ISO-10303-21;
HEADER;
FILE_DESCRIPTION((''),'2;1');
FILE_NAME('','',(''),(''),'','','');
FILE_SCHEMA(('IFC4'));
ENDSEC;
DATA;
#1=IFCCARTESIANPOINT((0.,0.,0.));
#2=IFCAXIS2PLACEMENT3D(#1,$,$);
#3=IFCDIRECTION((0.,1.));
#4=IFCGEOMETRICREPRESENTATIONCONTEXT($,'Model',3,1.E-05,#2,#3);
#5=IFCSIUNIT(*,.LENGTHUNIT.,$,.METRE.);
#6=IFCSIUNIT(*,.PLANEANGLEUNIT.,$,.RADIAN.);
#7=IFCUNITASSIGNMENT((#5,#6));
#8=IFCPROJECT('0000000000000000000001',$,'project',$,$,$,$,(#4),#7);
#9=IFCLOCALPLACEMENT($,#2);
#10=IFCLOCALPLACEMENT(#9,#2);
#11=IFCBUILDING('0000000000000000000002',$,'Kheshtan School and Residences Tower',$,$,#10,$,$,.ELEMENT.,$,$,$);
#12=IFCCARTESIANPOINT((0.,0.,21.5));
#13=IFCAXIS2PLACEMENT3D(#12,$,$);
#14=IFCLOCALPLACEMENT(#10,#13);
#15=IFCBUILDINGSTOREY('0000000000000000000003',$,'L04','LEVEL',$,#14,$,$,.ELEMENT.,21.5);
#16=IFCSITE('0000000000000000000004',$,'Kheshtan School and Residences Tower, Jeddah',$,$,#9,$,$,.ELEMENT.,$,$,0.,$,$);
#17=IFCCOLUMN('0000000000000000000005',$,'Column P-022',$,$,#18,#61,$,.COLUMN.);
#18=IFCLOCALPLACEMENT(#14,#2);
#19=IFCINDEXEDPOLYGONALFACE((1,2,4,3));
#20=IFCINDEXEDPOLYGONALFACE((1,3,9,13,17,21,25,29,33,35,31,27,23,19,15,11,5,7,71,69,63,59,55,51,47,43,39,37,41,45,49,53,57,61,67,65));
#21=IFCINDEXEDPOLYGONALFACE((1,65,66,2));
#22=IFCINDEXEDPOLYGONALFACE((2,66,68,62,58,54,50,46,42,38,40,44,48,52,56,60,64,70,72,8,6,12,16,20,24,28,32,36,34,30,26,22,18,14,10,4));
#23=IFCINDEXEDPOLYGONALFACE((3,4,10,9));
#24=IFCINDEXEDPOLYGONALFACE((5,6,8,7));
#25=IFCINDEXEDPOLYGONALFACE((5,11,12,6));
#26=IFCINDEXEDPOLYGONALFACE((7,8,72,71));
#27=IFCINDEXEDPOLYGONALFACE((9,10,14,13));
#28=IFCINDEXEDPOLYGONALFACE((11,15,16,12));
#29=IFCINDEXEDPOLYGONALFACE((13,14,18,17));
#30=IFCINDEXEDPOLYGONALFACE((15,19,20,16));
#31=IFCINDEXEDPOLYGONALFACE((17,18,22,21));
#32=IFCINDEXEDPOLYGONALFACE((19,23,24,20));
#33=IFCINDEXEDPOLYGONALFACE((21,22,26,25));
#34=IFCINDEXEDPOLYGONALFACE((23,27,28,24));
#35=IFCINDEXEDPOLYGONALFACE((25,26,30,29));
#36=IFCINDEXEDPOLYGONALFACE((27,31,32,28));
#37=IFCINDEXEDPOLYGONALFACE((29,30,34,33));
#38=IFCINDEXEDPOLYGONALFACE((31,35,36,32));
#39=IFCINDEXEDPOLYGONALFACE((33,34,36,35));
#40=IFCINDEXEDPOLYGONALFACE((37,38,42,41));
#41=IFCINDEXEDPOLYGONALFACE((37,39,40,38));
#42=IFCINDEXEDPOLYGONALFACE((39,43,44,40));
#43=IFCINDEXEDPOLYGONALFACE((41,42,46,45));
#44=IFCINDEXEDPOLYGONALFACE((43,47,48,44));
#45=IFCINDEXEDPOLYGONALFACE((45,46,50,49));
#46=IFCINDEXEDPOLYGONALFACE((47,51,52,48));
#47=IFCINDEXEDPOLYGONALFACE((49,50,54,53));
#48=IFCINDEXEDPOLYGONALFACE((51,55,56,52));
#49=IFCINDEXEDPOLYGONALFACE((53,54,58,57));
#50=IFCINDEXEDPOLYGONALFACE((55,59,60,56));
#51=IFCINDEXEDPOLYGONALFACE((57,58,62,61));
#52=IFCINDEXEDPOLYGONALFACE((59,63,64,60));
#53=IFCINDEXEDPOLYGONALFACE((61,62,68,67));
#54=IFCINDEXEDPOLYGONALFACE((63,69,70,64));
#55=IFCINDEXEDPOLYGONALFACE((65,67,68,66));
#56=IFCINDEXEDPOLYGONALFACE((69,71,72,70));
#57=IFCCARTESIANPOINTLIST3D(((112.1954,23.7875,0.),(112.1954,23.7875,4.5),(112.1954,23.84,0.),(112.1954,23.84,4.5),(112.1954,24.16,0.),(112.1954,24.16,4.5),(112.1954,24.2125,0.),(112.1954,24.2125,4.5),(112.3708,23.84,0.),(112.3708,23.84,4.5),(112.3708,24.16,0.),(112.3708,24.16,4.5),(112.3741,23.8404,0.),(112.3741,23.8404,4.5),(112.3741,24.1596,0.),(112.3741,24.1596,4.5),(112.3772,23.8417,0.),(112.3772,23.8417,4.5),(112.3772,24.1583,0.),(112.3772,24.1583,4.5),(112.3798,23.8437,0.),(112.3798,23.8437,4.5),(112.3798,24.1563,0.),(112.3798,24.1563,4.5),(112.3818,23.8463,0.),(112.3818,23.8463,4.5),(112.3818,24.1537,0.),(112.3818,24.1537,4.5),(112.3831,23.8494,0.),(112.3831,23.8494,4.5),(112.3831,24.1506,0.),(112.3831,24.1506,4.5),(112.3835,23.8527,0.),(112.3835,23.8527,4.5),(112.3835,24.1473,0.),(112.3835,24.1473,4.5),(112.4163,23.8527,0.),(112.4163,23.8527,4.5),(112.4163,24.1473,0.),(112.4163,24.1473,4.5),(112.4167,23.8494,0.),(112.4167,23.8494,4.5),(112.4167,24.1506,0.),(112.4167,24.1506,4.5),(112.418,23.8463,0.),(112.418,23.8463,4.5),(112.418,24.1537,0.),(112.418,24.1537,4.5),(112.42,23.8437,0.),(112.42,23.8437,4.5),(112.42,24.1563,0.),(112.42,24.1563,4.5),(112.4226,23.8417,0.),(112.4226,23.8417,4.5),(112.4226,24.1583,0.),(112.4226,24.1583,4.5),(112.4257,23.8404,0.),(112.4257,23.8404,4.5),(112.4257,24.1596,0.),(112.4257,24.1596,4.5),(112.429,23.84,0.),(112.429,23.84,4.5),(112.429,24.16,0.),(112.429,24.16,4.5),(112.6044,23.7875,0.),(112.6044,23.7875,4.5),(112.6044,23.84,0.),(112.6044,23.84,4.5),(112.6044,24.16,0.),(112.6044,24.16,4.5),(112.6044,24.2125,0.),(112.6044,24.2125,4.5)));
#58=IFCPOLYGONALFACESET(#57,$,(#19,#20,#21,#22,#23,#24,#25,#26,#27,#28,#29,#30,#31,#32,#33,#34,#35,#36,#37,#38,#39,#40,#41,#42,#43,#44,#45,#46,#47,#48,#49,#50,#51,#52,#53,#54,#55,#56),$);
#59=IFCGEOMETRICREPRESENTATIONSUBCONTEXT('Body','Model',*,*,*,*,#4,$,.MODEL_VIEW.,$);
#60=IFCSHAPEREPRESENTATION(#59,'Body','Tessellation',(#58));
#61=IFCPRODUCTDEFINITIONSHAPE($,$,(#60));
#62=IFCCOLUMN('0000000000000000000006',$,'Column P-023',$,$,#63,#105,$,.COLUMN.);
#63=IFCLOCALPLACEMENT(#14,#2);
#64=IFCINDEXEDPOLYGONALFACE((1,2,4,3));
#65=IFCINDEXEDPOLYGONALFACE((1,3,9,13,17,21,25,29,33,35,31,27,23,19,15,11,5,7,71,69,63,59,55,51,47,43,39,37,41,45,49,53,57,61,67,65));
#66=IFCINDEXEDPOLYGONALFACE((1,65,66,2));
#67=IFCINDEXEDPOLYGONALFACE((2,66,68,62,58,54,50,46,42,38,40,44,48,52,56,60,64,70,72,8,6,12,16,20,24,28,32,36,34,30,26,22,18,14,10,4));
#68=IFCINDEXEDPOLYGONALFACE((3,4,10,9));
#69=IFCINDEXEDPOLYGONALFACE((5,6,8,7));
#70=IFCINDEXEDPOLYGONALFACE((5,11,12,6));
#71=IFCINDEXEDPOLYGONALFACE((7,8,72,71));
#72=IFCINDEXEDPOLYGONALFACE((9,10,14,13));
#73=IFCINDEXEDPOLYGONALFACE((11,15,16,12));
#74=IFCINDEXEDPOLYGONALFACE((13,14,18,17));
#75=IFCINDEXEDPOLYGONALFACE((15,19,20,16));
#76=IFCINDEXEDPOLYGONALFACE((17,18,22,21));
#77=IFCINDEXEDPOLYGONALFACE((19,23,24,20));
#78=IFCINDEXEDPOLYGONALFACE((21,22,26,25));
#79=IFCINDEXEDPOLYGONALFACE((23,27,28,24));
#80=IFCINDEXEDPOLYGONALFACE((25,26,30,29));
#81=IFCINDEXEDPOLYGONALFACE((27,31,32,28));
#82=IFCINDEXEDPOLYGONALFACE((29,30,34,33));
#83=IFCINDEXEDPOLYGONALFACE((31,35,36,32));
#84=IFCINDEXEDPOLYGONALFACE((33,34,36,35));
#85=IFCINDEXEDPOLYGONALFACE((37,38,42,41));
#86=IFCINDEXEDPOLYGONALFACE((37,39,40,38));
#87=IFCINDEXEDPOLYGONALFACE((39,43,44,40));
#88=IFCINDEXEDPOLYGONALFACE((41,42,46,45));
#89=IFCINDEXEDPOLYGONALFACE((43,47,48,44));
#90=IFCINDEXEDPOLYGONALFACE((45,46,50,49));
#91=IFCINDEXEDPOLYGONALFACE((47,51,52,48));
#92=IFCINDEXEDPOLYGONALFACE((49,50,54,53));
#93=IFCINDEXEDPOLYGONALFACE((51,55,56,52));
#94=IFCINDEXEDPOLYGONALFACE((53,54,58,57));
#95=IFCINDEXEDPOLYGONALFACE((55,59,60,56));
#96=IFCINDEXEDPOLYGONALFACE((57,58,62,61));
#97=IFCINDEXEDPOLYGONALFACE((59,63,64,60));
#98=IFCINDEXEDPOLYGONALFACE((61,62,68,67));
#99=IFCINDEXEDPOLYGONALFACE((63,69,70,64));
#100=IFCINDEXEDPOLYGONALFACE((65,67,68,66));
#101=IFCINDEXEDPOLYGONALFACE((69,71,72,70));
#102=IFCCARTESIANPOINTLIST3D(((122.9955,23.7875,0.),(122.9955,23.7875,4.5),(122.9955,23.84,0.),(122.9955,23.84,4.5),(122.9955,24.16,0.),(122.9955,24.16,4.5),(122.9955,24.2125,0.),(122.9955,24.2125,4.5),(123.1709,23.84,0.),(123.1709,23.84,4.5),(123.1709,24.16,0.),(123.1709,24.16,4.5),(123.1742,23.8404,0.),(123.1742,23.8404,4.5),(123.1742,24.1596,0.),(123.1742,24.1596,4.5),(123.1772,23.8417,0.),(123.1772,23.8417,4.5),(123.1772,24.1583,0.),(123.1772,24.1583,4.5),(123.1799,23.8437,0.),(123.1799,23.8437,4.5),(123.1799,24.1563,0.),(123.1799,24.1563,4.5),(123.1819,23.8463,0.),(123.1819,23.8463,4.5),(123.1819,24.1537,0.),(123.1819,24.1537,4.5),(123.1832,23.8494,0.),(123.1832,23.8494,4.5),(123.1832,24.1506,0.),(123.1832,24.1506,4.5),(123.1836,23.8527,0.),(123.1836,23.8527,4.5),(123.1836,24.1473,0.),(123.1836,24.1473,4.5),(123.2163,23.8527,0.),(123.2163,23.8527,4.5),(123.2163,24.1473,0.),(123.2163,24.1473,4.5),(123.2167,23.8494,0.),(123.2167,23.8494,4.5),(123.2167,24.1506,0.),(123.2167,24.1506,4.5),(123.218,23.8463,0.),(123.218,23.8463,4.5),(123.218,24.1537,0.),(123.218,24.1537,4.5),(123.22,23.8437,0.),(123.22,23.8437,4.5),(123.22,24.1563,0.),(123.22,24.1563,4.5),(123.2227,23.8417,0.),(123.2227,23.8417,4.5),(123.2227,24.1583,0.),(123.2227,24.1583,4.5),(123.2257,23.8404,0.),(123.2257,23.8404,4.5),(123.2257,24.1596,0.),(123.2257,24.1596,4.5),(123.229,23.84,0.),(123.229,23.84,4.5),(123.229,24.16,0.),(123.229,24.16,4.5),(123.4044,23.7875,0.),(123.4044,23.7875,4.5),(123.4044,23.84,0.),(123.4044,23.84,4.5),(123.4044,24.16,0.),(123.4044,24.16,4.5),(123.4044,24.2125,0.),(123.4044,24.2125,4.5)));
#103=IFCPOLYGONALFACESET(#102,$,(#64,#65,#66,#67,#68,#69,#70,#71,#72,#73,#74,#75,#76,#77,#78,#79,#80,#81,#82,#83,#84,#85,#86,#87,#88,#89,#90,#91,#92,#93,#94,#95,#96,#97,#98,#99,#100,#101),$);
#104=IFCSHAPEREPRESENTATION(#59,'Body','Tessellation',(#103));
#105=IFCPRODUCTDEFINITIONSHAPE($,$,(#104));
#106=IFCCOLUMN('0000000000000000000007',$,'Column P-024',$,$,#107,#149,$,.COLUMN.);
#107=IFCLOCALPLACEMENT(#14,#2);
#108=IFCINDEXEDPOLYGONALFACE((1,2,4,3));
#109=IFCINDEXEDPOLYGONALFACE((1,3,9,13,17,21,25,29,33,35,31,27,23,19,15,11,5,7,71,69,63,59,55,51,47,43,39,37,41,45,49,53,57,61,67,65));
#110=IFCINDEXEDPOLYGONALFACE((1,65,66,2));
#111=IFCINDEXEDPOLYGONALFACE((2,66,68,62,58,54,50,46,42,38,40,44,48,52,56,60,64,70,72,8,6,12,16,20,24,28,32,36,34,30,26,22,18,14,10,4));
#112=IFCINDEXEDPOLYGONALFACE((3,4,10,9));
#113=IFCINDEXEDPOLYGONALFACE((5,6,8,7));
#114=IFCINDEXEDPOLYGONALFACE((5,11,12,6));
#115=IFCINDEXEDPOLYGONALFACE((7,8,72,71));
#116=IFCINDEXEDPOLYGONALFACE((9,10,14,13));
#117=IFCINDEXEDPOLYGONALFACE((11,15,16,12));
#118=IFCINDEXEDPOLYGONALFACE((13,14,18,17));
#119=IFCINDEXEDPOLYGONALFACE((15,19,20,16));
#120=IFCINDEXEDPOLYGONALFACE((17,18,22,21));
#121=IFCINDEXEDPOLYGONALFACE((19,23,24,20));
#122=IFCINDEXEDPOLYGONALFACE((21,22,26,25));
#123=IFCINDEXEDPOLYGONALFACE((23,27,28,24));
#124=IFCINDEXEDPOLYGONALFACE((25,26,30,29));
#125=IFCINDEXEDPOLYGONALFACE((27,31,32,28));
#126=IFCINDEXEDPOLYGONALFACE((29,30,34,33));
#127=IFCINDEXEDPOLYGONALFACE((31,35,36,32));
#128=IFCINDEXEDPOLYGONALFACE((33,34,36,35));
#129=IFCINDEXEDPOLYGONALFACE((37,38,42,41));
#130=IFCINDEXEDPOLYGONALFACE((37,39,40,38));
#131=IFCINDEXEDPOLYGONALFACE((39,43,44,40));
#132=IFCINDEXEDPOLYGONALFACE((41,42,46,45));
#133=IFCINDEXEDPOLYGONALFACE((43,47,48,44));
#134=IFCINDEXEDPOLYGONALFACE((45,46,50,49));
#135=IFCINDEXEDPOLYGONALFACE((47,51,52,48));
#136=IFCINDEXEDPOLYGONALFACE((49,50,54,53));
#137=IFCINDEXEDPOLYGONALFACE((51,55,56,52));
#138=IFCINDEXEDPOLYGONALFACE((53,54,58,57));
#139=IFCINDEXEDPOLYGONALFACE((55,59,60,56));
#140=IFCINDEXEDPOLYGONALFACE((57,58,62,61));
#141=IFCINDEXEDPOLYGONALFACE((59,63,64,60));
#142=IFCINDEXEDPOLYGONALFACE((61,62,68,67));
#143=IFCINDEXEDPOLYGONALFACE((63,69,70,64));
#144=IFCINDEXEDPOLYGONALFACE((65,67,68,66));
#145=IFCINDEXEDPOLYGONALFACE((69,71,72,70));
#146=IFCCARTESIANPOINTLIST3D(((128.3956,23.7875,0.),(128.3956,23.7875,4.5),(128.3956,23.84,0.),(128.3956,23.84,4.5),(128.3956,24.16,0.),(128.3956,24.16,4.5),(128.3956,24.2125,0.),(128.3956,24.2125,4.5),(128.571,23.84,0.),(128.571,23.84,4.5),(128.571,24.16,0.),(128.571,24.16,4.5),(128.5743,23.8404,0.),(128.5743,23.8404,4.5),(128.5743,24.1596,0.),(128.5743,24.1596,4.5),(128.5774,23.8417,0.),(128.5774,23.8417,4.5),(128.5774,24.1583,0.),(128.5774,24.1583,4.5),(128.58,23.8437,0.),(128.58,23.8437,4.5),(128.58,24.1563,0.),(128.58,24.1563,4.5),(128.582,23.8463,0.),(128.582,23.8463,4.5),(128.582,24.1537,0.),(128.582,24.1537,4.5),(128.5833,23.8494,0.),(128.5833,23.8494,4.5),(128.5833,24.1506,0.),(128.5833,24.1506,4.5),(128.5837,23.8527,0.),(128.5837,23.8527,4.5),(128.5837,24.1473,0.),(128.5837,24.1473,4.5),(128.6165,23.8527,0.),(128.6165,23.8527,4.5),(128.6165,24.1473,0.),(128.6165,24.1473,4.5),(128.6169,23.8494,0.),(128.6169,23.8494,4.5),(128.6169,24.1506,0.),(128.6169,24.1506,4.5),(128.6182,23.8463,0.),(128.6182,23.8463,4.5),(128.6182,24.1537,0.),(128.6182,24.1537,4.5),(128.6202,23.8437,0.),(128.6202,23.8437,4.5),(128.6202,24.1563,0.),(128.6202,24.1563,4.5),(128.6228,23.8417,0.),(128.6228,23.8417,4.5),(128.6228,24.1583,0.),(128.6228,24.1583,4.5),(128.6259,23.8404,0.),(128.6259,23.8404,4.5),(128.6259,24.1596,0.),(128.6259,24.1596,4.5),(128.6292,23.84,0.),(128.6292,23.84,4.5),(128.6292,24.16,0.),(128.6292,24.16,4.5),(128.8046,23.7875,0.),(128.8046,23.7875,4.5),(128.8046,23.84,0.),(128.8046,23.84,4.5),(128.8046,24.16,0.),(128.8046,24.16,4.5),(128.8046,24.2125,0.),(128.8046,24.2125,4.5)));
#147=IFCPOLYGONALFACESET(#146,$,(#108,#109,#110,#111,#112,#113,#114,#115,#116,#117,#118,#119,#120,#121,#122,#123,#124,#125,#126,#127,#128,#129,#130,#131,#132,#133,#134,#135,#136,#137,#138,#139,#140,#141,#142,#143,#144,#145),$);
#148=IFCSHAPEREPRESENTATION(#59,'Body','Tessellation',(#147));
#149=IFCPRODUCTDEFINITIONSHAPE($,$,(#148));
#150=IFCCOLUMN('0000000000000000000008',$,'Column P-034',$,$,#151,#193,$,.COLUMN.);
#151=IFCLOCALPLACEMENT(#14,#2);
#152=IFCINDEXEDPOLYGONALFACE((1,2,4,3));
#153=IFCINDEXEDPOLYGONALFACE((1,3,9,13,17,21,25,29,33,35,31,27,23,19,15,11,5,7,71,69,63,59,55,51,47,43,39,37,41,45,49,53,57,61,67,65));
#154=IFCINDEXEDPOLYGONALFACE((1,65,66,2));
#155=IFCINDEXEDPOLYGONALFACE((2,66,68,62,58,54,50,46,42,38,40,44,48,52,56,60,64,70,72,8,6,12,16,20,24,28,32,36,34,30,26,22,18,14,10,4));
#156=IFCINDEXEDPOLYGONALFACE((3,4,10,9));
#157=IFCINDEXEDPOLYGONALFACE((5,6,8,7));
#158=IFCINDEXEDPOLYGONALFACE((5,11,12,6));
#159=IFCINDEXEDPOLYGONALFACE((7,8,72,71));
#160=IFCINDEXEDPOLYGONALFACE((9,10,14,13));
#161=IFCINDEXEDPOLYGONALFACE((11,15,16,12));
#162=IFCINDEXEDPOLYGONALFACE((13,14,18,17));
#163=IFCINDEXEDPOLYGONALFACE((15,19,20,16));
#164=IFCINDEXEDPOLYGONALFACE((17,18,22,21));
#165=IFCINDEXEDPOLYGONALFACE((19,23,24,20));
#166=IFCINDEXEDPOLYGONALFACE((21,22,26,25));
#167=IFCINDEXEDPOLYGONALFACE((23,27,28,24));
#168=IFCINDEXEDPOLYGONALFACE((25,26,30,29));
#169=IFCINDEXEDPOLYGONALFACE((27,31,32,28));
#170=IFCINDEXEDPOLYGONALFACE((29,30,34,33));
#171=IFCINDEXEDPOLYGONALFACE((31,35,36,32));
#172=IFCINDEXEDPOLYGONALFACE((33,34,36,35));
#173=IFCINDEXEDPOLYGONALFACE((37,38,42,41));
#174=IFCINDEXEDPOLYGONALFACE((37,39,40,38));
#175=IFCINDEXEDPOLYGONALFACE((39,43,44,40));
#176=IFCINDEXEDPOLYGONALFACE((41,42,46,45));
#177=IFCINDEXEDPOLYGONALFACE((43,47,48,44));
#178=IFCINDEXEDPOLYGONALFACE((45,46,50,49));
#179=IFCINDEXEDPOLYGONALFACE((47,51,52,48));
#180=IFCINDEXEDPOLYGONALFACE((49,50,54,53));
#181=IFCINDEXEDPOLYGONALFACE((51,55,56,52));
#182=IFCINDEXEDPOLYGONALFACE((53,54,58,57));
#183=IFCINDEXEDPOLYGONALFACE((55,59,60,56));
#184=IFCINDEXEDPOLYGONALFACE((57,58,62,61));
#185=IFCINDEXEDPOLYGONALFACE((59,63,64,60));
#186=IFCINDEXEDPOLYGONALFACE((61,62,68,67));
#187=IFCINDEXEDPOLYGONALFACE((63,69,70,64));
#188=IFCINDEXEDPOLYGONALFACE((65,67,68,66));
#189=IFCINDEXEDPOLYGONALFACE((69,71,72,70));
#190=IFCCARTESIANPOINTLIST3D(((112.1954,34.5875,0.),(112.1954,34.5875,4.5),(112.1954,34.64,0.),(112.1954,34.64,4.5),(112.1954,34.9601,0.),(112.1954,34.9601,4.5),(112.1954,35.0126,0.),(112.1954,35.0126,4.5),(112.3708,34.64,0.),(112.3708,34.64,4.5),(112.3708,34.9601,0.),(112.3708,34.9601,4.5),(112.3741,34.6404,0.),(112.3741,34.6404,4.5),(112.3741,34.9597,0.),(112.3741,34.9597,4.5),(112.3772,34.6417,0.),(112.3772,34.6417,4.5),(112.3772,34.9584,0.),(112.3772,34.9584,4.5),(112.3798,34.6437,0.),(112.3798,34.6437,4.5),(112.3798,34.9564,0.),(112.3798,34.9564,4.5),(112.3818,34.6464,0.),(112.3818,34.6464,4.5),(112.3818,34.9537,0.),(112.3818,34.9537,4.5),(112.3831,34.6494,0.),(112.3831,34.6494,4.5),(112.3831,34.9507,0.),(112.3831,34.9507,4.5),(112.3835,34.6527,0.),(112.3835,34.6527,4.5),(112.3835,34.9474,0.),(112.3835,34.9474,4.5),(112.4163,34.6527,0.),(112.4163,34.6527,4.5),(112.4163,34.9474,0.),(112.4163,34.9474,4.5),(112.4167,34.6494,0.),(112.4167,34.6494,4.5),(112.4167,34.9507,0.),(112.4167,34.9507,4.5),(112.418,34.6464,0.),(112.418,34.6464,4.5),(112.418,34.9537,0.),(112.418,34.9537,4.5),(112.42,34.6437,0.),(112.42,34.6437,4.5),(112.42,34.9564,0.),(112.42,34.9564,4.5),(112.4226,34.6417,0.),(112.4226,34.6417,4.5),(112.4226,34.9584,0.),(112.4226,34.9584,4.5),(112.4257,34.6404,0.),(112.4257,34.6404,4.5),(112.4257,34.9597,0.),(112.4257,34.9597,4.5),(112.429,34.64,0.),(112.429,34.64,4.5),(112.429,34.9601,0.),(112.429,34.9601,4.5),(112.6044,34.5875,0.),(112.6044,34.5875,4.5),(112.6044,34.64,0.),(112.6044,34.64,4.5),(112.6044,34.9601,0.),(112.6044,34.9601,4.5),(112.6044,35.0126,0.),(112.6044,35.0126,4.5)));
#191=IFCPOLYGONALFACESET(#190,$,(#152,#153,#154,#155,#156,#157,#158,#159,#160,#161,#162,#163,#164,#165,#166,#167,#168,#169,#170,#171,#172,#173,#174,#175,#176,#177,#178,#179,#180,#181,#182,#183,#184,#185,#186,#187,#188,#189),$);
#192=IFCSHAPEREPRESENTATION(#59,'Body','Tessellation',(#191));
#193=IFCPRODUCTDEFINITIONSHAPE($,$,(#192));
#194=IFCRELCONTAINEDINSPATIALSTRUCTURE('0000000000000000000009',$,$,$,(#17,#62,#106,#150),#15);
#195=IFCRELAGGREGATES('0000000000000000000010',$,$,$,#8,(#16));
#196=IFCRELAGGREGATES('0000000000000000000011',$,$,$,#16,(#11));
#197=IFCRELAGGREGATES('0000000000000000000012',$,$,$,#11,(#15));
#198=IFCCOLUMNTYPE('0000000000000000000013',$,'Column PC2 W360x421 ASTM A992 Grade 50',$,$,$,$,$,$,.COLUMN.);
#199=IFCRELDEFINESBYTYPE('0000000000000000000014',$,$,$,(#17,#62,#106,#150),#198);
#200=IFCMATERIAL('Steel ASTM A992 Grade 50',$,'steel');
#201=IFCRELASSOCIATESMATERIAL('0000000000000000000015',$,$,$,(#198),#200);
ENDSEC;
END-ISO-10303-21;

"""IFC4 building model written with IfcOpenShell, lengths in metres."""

from ifc_helpers import new_model, si_unit, direction, frame, origin, origin_2d, place, context, subcontext, project, spatial, i_section, extrude, material, material_profile, profile_set, type_object, element, save


model = new_model("IFC4")

# Units and contexts
model_context = context("Model", 3, precision=1e-05, world=origin(), true_north=direction((0.0, 1.0)))
body_context = subcontext(model_context, "Body", "Model", "MODEL_VIEW")
ifc_project = project(units=[si_unit("LENGTHUNIT", "METRE"), si_unit("PLANEANGLEUNIT", "RADIAN")], contexts=[model_context])

# Site, building, storey
site_placement = place(None, origin())
site = spatial("IfcSite", under=ifc_project, at=site_placement, Name="Kheshtan School and Residences Tower, Jeddah", CompositionType="ELEMENT", RefElevation=0.0)
building_placement = place(site_placement, origin())
building = spatial("IfcBuilding", under=site, at=building_placement, Name="Kheshtan School and Residences Tower", CompositionType="ELEMENT")
storey_placement = place(building_placement, frame((0.0, 0.0, 21.5)))
storey = spatial("IfcBuildingStorey", under=building, at=storey_placement, Name="L04", Description="LEVEL", CompositionType="ELEMENT", Elevation=21.5)

# Columns
ifc_material_1 = material(Name="Steel ASTM A992 Grade 50", Category="steel")
ifc_material_profile = material_profile(ifc_material_1, i_section(OverallWidth=0.4089, OverallDepth=0.425, WebThickness=0.0327, FlangeThickness=0.0525, FilletRadius=0.0127, at=origin_2d()), Name="W360x421")
ifc_profile_set = profile_set([ifc_material_profile], Name="Steel ASTM A992 Grade 50")
column_type = type_object("IfcColumnType", Name="Column PC2 W360x421 ASTM A992 Grade 50", PredefinedType="COLUMN", material=ifc_profile_set)
for number, where, z_axis, x_axis, name in (
    (1, (112.3999, 24.0, 0.0), (0.0, 0.0, 1.0), (1.0, 0.0, 0.0), "Column P-022"),
    (2, (123.2, 24.0, 0.0), (0.0, 0.0, 1.0), (1.0, 0.0, 0.0), "Column P-023"),
    (3, (128.6001, 24.0, 0.0), (0.0, 0.0, 1.0), (1.0, 0.0, 0.0), "Column P-024"),
    (4, (112.3999, 34.8, 0.0), (0.0, 0.0, 1.0), (1.0, 0.0, 0.0), "Column P-034"),
):
    element("IfcColumn", number, at=place(storey_placement, frame(where, z_axis=z_axis, x_axis=x_axis)), inside=storey, type_object=column_type, Name=name, PredefinedType="COLUMN", context=body_context, shape_type="SweptSolid", body=[
        extrude(i_section(OverallWidth=0.4089, OverallDepth=0.425, WebThickness=0.0327, FlangeThickness=0.0525, FilletRadius=0.0127, at=origin_2d()), origin(), (0.0, 0.0, 1.0), 4.5),
    ])

save(model, "model.ifc")
